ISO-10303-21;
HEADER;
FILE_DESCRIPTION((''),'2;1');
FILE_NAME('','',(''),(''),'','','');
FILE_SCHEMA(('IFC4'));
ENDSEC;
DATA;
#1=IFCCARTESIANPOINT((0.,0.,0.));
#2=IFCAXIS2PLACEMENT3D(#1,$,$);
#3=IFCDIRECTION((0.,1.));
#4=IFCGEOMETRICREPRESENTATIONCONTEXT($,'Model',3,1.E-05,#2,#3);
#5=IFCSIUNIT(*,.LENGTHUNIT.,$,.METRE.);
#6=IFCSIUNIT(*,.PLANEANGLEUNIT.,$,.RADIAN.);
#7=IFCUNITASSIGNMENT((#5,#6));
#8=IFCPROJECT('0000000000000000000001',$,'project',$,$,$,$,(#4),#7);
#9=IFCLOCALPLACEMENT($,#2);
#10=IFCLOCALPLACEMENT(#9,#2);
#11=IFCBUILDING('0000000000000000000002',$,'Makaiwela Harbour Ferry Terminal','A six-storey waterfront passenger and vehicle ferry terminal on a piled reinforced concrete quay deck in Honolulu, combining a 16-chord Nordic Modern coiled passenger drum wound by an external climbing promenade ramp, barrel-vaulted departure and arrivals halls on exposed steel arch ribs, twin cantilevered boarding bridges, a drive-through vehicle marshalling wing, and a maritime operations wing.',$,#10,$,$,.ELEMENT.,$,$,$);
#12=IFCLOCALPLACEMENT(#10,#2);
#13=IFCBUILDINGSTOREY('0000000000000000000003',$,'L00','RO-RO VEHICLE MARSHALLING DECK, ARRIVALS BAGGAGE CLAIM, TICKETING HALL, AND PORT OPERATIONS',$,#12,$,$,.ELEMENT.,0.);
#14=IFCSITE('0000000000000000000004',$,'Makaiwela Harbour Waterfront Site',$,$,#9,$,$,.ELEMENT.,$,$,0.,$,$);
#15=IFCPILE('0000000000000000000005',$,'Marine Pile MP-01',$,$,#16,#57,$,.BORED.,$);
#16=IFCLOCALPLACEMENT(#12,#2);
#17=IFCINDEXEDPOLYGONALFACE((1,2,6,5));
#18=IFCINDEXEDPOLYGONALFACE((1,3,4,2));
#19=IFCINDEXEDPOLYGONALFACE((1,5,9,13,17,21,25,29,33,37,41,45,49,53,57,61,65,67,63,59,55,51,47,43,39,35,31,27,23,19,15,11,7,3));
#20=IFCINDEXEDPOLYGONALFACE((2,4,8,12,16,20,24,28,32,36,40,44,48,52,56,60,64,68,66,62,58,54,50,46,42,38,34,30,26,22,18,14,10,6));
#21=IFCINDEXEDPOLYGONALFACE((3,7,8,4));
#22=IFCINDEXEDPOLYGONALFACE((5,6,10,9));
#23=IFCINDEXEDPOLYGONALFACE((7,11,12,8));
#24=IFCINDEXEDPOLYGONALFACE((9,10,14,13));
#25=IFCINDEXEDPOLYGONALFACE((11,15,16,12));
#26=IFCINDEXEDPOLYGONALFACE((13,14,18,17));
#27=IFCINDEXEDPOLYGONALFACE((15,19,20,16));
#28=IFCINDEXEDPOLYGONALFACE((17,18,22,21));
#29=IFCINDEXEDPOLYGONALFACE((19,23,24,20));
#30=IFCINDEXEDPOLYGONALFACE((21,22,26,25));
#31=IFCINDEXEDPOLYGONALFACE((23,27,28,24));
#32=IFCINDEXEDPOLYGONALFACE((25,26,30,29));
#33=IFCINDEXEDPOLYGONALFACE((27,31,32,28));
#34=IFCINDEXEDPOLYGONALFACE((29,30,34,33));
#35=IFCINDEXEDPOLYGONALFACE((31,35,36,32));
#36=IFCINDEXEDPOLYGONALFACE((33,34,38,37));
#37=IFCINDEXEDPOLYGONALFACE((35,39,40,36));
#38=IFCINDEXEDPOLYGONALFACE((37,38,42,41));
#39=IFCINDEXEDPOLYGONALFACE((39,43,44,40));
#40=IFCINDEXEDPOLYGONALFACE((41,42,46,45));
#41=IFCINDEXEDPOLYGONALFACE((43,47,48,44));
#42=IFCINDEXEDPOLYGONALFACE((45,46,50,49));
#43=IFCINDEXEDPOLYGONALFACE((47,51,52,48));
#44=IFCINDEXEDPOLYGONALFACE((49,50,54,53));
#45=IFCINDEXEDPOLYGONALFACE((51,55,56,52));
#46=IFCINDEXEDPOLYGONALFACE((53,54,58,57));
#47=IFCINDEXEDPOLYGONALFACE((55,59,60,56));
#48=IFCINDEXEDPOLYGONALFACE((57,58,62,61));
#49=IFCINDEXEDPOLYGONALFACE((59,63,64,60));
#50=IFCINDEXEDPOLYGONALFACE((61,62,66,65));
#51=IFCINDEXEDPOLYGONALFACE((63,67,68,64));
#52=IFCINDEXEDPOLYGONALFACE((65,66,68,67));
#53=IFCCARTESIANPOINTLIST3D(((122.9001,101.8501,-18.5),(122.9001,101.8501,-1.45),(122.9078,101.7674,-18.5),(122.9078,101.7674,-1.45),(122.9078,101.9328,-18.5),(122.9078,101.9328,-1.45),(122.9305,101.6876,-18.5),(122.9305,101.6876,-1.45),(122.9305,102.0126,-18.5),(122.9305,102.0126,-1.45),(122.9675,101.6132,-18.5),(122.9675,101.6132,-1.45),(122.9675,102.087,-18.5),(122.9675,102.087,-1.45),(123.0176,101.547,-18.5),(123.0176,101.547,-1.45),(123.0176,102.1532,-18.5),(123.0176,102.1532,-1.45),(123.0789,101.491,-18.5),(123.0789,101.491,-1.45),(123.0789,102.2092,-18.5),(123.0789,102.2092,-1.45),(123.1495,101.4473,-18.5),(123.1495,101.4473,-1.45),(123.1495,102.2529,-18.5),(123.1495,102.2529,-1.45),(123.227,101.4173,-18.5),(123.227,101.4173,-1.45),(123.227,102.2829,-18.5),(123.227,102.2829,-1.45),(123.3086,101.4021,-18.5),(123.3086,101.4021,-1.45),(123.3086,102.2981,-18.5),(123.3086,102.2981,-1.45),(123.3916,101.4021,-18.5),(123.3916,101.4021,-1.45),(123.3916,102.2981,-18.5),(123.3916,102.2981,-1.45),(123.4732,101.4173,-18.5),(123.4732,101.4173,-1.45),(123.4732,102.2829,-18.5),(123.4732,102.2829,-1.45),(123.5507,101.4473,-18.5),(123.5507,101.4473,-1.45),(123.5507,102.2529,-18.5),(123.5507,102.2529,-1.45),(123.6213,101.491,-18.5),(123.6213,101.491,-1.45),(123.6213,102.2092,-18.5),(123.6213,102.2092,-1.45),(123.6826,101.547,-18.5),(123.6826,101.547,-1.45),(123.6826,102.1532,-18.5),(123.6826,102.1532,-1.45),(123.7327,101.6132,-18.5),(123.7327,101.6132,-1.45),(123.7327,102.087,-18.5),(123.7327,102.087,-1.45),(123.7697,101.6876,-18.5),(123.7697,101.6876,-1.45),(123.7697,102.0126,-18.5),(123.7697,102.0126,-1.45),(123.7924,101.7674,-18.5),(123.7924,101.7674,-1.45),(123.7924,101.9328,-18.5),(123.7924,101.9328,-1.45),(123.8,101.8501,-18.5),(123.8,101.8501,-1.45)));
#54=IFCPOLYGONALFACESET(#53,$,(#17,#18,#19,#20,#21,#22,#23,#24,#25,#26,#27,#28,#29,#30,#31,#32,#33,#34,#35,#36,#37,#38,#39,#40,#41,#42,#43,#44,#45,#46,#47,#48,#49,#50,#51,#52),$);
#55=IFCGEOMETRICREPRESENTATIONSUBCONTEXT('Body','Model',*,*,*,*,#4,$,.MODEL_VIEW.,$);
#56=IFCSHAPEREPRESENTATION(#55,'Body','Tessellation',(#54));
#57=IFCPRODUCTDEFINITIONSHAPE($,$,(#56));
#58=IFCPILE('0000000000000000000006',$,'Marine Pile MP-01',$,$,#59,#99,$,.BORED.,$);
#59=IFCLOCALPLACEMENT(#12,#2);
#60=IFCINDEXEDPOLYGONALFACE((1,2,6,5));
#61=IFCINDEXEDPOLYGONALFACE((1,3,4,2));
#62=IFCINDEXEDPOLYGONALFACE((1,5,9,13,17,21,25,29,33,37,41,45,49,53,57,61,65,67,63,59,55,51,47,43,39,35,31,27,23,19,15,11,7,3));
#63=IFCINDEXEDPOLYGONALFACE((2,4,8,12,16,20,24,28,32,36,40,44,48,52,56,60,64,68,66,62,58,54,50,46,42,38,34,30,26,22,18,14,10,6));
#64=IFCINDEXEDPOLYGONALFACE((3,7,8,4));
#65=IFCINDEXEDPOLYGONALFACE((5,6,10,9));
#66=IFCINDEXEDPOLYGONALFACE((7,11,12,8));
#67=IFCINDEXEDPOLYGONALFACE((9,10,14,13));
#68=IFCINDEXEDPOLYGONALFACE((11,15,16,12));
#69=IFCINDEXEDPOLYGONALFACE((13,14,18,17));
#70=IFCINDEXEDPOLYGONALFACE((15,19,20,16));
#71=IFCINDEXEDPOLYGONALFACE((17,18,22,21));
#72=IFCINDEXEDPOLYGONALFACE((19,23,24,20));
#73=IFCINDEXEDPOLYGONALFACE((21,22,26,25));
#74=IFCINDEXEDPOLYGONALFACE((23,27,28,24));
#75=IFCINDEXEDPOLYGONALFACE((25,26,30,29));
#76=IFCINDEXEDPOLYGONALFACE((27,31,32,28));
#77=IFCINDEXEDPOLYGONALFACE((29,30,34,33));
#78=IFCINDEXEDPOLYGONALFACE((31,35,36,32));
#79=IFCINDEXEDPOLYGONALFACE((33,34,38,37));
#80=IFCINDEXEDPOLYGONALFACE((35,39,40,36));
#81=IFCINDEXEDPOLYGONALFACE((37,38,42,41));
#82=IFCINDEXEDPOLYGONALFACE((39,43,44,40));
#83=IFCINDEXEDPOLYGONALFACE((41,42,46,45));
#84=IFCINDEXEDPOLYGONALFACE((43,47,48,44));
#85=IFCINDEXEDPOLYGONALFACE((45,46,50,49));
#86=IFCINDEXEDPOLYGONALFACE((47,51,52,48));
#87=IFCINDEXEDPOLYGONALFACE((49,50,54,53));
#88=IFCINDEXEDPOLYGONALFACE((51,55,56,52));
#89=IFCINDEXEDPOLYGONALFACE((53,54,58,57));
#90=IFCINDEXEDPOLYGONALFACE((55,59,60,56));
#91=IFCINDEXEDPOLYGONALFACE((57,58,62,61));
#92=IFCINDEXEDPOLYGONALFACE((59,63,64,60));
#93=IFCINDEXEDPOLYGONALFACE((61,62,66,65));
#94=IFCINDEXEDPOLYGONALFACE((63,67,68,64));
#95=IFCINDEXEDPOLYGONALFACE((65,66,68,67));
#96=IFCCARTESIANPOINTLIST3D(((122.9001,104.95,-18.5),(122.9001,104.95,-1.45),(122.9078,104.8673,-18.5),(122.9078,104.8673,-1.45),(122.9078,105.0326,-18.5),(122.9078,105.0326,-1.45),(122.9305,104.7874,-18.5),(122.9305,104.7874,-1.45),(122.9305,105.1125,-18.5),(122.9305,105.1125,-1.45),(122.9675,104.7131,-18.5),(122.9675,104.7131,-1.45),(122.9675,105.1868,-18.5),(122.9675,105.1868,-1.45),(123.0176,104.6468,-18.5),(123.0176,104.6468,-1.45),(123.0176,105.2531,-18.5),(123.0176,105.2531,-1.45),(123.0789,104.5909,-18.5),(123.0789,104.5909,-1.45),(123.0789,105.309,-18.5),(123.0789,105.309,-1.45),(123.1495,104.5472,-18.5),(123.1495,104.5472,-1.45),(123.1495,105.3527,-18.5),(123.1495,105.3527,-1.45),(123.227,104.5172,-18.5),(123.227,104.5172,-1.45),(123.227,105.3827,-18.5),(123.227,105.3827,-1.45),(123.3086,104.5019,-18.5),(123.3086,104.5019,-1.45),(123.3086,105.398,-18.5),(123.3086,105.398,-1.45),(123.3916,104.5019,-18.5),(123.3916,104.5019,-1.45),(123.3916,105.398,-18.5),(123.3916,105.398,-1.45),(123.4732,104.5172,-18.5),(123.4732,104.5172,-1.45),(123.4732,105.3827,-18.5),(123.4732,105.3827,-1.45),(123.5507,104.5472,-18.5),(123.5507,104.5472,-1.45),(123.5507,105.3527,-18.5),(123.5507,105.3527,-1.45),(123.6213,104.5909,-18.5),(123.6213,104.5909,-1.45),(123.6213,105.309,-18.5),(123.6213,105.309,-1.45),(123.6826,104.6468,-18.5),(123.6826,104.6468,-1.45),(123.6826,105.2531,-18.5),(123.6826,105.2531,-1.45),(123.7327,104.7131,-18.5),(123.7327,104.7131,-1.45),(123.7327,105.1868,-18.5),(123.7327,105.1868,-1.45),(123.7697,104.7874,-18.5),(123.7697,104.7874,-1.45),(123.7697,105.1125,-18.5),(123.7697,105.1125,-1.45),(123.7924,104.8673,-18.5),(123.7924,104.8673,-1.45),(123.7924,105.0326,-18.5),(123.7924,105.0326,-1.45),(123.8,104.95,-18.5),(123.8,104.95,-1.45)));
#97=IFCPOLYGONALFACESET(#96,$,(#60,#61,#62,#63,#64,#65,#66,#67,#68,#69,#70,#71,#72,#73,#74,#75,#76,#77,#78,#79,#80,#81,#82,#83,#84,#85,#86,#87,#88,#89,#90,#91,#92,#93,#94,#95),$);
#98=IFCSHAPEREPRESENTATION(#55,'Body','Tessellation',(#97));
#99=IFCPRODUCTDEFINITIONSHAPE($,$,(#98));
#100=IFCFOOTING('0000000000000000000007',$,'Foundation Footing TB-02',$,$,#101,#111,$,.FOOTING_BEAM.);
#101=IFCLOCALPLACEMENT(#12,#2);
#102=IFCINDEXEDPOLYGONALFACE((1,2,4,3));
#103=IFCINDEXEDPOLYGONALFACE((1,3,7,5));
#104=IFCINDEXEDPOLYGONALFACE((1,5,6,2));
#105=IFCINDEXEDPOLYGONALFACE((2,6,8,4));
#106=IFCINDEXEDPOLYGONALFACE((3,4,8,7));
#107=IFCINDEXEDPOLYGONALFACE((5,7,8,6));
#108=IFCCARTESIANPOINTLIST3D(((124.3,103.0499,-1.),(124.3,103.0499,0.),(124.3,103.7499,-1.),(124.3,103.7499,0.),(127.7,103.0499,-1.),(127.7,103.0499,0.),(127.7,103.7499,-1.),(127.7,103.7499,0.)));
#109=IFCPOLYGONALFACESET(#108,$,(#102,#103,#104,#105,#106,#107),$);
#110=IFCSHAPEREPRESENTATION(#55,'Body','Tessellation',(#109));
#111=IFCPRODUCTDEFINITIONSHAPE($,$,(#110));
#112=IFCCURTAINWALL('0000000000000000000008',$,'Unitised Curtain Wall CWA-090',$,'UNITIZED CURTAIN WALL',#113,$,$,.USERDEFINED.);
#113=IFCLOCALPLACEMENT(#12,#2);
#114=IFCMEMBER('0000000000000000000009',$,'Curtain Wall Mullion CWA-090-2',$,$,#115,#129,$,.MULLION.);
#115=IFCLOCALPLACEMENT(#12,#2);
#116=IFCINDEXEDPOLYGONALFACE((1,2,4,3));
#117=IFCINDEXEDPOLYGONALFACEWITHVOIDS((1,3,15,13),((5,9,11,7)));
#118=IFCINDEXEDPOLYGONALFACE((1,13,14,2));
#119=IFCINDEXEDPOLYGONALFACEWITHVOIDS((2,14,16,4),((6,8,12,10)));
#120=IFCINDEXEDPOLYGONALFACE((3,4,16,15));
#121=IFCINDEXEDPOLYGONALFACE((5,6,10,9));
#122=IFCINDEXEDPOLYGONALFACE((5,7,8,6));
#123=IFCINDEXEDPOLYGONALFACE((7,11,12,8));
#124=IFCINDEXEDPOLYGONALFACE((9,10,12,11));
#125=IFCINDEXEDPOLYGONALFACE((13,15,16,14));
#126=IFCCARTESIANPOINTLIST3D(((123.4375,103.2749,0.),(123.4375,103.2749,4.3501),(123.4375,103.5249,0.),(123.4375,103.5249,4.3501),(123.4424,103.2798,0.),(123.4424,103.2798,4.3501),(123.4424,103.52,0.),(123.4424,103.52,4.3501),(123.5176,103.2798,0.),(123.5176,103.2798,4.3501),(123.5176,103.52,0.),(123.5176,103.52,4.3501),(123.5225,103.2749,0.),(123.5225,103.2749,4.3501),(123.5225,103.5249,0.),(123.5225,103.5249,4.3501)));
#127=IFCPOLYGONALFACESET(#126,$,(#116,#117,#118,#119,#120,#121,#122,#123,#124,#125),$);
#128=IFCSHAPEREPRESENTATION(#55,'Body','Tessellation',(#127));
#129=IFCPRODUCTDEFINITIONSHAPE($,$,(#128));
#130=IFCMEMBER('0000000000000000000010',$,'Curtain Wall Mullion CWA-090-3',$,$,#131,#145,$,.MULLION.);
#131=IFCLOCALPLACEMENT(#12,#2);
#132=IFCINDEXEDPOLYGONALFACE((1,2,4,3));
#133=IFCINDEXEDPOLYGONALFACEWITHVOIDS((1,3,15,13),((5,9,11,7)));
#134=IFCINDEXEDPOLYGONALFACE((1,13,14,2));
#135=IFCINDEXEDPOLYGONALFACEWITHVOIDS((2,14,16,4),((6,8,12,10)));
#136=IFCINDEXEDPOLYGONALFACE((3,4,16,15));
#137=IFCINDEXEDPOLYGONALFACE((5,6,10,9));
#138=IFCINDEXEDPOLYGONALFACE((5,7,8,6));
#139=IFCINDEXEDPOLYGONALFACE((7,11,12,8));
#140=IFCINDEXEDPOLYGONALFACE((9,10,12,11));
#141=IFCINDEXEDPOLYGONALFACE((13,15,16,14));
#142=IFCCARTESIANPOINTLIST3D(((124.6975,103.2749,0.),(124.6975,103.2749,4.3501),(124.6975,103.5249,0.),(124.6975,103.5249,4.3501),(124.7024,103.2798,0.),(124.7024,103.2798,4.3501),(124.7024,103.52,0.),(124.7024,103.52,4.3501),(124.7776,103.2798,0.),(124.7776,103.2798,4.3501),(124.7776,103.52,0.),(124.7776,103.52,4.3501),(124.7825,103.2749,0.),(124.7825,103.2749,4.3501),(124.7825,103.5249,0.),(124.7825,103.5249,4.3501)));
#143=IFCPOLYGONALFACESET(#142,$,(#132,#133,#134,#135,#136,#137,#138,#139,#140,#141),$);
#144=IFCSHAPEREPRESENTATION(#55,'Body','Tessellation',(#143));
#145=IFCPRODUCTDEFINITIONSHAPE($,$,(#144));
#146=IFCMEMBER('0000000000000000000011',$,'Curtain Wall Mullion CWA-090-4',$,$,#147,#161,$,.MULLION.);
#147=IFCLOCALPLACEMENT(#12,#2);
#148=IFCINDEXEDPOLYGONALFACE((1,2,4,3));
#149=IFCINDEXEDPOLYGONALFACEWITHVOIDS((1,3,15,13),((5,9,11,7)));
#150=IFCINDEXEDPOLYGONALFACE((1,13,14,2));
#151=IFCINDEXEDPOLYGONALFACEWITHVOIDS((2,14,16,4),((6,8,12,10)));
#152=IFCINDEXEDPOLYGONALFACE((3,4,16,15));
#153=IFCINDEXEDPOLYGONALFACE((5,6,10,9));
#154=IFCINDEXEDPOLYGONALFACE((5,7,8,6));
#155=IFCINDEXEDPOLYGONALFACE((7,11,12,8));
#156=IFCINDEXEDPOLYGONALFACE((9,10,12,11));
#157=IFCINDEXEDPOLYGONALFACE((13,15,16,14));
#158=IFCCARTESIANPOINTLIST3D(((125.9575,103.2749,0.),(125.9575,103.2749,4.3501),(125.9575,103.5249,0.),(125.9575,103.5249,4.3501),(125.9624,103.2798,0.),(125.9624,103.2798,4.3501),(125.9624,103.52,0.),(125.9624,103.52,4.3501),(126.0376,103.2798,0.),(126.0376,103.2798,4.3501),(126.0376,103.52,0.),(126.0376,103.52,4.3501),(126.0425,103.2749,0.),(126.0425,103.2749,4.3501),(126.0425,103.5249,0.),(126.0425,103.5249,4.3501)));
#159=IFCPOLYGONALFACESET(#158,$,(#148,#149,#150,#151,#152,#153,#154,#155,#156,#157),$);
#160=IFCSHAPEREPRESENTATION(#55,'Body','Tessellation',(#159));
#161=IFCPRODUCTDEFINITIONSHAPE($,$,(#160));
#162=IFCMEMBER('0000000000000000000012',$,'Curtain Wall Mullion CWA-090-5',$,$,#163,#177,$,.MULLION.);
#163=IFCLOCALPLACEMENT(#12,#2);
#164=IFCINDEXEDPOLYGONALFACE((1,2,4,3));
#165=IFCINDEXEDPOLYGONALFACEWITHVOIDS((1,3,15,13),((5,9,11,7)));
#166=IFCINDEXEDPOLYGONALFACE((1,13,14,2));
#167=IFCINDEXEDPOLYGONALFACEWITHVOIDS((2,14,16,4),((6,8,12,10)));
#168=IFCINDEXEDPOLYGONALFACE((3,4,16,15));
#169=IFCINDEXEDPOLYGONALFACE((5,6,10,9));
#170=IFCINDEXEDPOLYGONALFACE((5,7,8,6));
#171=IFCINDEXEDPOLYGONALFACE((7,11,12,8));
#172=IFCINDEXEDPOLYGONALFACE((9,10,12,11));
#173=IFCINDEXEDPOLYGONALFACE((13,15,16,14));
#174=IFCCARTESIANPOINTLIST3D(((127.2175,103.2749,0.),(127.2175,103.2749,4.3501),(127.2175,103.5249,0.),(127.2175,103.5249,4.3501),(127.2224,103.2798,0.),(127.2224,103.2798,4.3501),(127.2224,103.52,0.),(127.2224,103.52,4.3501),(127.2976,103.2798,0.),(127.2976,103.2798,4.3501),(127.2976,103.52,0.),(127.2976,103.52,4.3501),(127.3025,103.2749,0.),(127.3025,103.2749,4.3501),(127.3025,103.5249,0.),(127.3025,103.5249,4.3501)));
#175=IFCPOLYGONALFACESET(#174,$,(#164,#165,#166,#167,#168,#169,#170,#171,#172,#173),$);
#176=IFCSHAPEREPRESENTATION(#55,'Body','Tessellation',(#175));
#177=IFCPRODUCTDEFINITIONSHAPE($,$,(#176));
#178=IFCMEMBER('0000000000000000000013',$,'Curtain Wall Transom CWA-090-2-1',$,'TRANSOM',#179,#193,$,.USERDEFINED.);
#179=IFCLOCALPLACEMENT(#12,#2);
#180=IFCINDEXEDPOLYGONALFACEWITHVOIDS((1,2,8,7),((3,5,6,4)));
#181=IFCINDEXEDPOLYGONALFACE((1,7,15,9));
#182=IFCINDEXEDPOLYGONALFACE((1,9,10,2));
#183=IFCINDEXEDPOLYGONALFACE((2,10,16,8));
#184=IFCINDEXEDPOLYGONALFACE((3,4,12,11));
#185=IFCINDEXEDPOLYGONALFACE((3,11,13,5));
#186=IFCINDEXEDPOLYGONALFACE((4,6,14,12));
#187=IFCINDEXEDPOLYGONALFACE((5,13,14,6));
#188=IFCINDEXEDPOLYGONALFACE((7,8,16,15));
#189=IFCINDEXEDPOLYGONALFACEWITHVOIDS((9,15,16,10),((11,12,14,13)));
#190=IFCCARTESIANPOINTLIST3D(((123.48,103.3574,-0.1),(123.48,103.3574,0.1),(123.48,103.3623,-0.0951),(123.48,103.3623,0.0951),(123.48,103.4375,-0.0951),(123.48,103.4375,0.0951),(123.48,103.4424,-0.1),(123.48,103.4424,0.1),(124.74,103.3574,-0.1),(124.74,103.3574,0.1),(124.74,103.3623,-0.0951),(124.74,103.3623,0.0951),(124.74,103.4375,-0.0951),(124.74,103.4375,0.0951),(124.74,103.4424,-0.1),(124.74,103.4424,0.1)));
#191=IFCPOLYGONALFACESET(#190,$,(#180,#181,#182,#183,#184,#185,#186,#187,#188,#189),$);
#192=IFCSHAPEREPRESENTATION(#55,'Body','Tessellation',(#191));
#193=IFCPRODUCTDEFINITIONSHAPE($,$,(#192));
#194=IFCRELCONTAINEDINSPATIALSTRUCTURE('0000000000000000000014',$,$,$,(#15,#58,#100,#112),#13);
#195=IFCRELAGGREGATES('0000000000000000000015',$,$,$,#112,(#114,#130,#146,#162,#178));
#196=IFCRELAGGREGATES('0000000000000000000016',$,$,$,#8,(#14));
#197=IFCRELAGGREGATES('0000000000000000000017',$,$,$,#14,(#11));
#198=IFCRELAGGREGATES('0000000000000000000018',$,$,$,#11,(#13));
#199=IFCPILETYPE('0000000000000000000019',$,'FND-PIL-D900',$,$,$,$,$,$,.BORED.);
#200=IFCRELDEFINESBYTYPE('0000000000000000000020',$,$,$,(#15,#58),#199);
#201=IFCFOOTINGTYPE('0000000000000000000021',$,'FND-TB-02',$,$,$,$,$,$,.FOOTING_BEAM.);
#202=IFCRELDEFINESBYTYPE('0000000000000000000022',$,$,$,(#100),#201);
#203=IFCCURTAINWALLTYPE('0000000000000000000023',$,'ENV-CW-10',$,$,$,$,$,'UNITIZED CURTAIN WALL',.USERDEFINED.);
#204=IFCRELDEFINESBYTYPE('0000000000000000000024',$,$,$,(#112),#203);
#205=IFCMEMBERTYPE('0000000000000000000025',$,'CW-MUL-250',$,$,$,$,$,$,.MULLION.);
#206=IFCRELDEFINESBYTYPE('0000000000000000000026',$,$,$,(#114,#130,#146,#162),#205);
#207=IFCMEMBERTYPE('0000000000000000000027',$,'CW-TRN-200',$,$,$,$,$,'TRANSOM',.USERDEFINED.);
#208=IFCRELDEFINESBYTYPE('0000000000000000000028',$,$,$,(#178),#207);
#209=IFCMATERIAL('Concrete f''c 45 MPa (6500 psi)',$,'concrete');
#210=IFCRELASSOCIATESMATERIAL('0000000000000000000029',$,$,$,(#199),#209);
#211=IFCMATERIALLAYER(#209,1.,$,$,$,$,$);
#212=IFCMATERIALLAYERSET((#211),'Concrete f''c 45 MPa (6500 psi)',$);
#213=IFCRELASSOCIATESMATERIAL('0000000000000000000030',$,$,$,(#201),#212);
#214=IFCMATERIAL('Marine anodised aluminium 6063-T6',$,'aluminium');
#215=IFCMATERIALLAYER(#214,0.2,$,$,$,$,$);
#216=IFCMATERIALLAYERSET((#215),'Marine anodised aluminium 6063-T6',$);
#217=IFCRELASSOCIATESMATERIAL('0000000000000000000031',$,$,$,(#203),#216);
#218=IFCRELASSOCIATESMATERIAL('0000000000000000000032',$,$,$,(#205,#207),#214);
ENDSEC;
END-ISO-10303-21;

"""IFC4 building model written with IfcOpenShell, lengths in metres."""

from ifc_helpers import new_model, si_unit, direction, frame, origin, origin_2d, place, context, subcontext, project, spatial, rectangle, hollow_rectangle, circle, extrude, material, layer, layer_set, material_profile, profile_set, type_object, element, aggregate, save


model = new_model("IFC4")

# Units and contexts
model_context = context("Model", 3, precision=1e-05, world=origin(), true_north=direction((0.0, 1.0)))
body_context = subcontext(model_context, "Body", "Model", "MODEL_VIEW")
ifc_project = project(units=[si_unit("LENGTHUNIT", "METRE"), si_unit("PLANEANGLEUNIT", "RADIAN")], contexts=[model_context])

# Site, building, storey
site_placement = place(None, origin())
site = spatial("IfcSite", under=ifc_project, at=site_placement, Name="Makaiwela Harbour Waterfront Site", CompositionType="ELEMENT", RefElevation=0.0)
building_placement = place(site_placement, origin())
building = spatial("IfcBuilding", under=site, at=building_placement, Name="Makaiwela Harbour Ferry Terminal", Description="A six-storey waterfront passenger and vehicle ferry terminal on a piled reinforced concrete quay deck in Honolulu, combining a 16-chord Nordic Modern coiled passenger drum wound by an external climbing promenade ramp, barrel-vaulted departure and arrivals halls on exposed steel arch ribs, twin cantilevered boarding bridges, a drive-through vehicle marshalling wing, and a maritime operations wing.", CompositionType="ELEMENT")
storey_placement = place(building_placement, origin())
storey = spatial("IfcBuildingStorey", under=building, at=storey_placement, Name="L00", Description="RO-RO VEHICLE MARSHALLING DECK, ARRIVALS BAGGAGE CLAIM, TICKETING HALL, AND PORT OPERATIONS", CompositionType="ELEMENT", Elevation=0.0)

# Piles
ifc_material_1 = material(Name="Concrete f'c 45 MPa (6500 psi)", Category="concrete")
ifc_material_profile_1 = material_profile(ifc_material_1, circle(Radius=0.45, at=origin_2d()), Name="PILE-D900")
ifc_profile_set_1 = profile_set([ifc_material_profile_1], Name="Concrete f'c 45 MPa (6500 psi)")
pile_type = type_object("IfcPileType", Name="FND-PIL-D900", PredefinedType="BORED", material=ifc_profile_set_1)
for number, where, z_axis, x_axis, name in (
    (1, (123.3501, 101.8501, -1.45), (0.0, 0.0, -1.0), (1.0, 0.0, 0.0), "Marine Pile MP-01"),
    (2, (123.3501, 104.95, -1.45), (0.0, 0.0, -1.0), (1.0, 0.0, 0.0), "Marine Pile MP-01"),
):
    element("IfcPile", number, at=place(storey_placement, frame(where, z_axis=z_axis, x_axis=x_axis)), inside=storey, type_object=pile_type, Name=name, PredefinedType="BORED", context=body_context, shape_type="SweptSolid", body=[
        extrude(circle(Radius=0.45, at=origin_2d()), origin(), (0.0, 0.0, 1.0), 17.05),
    ])

# Footing
ifc_layer_1 = layer(ifc_material_1, 1.0)
ifc_layer_set_1 = layer_set([ifc_layer_1], Name="Concrete f'c 45 MPa (6500 psi)")
footing_type = type_object("IfcFootingType", Name="FND-TB-02", PredefinedType="FOOTING_BEAM", material=ifc_layer_set_1)
footing_placement = place(storey_placement, frame((126.0, 103.3999, -1.0), z_axis=(0.0, 0.0, 1.0), x_axis=(1.0, 0.0, 0.0)))
element("IfcFooting", 3, at=footing_placement, inside=storey, type_object=footing_type, Name="Foundation Footing TB-02", PredefinedType="FOOTING_BEAM", context=body_context, shape_type="SweptSolid", body=[
    extrude(rectangle(XDim=3.3999, YDim=0.7, at=origin_2d()), origin(), (0.0, 0.0, 1.0), 1.0),
])

# Curtain wall, members
ifc_material_2 = material(Name="Marine anodised aluminium 6063-T6", Category="aluminium")
ifc_layer_2 = layer(ifc_material_2, 0.2)
ifc_layer_set_2 = layer_set([ifc_layer_2], Name="Marine anodised aluminium 6063-T6")
curtain_wall_type = type_object("IfcCurtainWallType", Name="ENV-CW-10", ElementType="UNITIZED CURTAIN WALL", PredefinedType="USERDEFINED", material=ifc_layer_set_2)
curtain_wall_placement = place(storey_placement, origin())
curtain_wall = element("IfcCurtainWall", 4, at=curtain_wall_placement, inside=storey, type_object=curtain_wall_type, Name="Unitised Curtain Wall CWA-090", ObjectType="UNITIZED CURTAIN WALL", PredefinedType="USERDEFINED")
ifc_material_profile_2 = material_profile(ifc_material_2, hollow_rectangle(XDim=0.085, YDim=0.25, WallThickness=0.0049, at=origin_2d()), Name="CWM-250X85")
ifc_profile_set_2 = profile_set([ifc_material_profile_2], Name="Marine anodised aluminium 6063-T6")
member_type_1 = type_object("IfcMemberType", Name="CW-MUL-250", PredefinedType="MULLION", material=ifc_profile_set_2)
member_1_placement = place(storey_placement, frame((123.48, 103.3999, 0.0), z_axis=(0.0, 0.0, 1.0), x_axis=(1.0, 0.0, 0.0)))
member_1 = element("IfcMember", 5, at=member_1_placement, type_object=member_type_1, Name="Curtain Wall Mullion CWA-090-2", PredefinedType="MULLION", context=body_context, shape_type="SweptSolid", body=[
    extrude(hollow_rectangle(XDim=0.085, YDim=0.25, WallThickness=0.0049, at=origin_2d()), origin(), (0.0, 0.0, 1.0), 4.3501),
])
member_2_placement = place(storey_placement, frame((124.74, 103.3999, 0.0), z_axis=(0.0, 0.0, 1.0), x_axis=(1.0, 0.0, 0.0)))
member_2 = element("IfcMember", 6, at=member_2_placement, type_object=member_type_1, Name="Curtain Wall Mullion CWA-090-3", PredefinedType="MULLION", context=body_context, shape_type="SweptSolid", body=[
    extrude(hollow_rectangle(XDim=0.085, YDim=0.25, WallThickness=0.0049, at=origin_2d()), origin(), (0.0, 0.0, 1.0), 4.3501),
])
member_3_placement = place(storey_placement, frame((126.0, 103.3999, 0.0), z_axis=(0.0, 0.0, 1.0), x_axis=(1.0, 0.0, 0.0)))
member_3 = element("IfcMember", 7, at=member_3_placement, type_object=member_type_1, Name="Curtain Wall Mullion CWA-090-4", PredefinedType="MULLION", context=body_context, shape_type="SweptSolid", body=[
    extrude(hollow_rectangle(XDim=0.085, YDim=0.25, WallThickness=0.0049, at=origin_2d()), origin(), (0.0, 0.0, 1.0), 4.3501),
])
member_4_placement = place(storey_placement, frame((127.26, 103.3999, 0.0), z_axis=(0.0, 0.0, 1.0), x_axis=(1.0, 0.0, 0.0)))
member_4 = element("IfcMember", 8, at=member_4_placement, type_object=member_type_1, Name="Curtain Wall Mullion CWA-090-5", PredefinedType="MULLION", context=body_context, shape_type="SweptSolid", body=[
    extrude(hollow_rectangle(XDim=0.085, YDim=0.25, WallThickness=0.0049, at=origin_2d()), origin(), (0.0, 0.0, 1.0), 4.3501),
])
ifc_material_profile_3 = material_profile(ifc_material_2, hollow_rectangle(XDim=0.085, YDim=0.2, WallThickness=0.0049, at=origin_2d()), Name="CWT-200X85")
ifc_profile_set_3 = profile_set([ifc_material_profile_3], Name="Marine anodised aluminium 6063-T6")
member_type_2 = type_object("IfcMemberType", Name="CW-TRN-200", ElementType="TRANSOM", PredefinedType="USERDEFINED", material=ifc_profile_set_3)
member_5_placement = place(storey_placement, frame((123.48, 103.3999, 0.0), z_axis=(1.0, 0.0, 0.0), x_axis=(0.0, 1.0, 0.0)))
member_5 = element("IfcMember", 9, at=member_5_placement, type_object=member_type_2, Name="Curtain Wall Transom CWA-090-2-1", ObjectType="TRANSOM", PredefinedType="USERDEFINED", context=body_context, shape_type="SweptSolid", body=[
    extrude(hollow_rectangle(XDim=0.085, YDim=0.2, WallThickness=0.0049, at=origin_2d()), origin(), (0.0, 0.0, 1.0), 1.26),
])
aggregate(curtain_wall, [member_1, member_2, member_3, member_4, member_5])

save(model, "model.ifc")
